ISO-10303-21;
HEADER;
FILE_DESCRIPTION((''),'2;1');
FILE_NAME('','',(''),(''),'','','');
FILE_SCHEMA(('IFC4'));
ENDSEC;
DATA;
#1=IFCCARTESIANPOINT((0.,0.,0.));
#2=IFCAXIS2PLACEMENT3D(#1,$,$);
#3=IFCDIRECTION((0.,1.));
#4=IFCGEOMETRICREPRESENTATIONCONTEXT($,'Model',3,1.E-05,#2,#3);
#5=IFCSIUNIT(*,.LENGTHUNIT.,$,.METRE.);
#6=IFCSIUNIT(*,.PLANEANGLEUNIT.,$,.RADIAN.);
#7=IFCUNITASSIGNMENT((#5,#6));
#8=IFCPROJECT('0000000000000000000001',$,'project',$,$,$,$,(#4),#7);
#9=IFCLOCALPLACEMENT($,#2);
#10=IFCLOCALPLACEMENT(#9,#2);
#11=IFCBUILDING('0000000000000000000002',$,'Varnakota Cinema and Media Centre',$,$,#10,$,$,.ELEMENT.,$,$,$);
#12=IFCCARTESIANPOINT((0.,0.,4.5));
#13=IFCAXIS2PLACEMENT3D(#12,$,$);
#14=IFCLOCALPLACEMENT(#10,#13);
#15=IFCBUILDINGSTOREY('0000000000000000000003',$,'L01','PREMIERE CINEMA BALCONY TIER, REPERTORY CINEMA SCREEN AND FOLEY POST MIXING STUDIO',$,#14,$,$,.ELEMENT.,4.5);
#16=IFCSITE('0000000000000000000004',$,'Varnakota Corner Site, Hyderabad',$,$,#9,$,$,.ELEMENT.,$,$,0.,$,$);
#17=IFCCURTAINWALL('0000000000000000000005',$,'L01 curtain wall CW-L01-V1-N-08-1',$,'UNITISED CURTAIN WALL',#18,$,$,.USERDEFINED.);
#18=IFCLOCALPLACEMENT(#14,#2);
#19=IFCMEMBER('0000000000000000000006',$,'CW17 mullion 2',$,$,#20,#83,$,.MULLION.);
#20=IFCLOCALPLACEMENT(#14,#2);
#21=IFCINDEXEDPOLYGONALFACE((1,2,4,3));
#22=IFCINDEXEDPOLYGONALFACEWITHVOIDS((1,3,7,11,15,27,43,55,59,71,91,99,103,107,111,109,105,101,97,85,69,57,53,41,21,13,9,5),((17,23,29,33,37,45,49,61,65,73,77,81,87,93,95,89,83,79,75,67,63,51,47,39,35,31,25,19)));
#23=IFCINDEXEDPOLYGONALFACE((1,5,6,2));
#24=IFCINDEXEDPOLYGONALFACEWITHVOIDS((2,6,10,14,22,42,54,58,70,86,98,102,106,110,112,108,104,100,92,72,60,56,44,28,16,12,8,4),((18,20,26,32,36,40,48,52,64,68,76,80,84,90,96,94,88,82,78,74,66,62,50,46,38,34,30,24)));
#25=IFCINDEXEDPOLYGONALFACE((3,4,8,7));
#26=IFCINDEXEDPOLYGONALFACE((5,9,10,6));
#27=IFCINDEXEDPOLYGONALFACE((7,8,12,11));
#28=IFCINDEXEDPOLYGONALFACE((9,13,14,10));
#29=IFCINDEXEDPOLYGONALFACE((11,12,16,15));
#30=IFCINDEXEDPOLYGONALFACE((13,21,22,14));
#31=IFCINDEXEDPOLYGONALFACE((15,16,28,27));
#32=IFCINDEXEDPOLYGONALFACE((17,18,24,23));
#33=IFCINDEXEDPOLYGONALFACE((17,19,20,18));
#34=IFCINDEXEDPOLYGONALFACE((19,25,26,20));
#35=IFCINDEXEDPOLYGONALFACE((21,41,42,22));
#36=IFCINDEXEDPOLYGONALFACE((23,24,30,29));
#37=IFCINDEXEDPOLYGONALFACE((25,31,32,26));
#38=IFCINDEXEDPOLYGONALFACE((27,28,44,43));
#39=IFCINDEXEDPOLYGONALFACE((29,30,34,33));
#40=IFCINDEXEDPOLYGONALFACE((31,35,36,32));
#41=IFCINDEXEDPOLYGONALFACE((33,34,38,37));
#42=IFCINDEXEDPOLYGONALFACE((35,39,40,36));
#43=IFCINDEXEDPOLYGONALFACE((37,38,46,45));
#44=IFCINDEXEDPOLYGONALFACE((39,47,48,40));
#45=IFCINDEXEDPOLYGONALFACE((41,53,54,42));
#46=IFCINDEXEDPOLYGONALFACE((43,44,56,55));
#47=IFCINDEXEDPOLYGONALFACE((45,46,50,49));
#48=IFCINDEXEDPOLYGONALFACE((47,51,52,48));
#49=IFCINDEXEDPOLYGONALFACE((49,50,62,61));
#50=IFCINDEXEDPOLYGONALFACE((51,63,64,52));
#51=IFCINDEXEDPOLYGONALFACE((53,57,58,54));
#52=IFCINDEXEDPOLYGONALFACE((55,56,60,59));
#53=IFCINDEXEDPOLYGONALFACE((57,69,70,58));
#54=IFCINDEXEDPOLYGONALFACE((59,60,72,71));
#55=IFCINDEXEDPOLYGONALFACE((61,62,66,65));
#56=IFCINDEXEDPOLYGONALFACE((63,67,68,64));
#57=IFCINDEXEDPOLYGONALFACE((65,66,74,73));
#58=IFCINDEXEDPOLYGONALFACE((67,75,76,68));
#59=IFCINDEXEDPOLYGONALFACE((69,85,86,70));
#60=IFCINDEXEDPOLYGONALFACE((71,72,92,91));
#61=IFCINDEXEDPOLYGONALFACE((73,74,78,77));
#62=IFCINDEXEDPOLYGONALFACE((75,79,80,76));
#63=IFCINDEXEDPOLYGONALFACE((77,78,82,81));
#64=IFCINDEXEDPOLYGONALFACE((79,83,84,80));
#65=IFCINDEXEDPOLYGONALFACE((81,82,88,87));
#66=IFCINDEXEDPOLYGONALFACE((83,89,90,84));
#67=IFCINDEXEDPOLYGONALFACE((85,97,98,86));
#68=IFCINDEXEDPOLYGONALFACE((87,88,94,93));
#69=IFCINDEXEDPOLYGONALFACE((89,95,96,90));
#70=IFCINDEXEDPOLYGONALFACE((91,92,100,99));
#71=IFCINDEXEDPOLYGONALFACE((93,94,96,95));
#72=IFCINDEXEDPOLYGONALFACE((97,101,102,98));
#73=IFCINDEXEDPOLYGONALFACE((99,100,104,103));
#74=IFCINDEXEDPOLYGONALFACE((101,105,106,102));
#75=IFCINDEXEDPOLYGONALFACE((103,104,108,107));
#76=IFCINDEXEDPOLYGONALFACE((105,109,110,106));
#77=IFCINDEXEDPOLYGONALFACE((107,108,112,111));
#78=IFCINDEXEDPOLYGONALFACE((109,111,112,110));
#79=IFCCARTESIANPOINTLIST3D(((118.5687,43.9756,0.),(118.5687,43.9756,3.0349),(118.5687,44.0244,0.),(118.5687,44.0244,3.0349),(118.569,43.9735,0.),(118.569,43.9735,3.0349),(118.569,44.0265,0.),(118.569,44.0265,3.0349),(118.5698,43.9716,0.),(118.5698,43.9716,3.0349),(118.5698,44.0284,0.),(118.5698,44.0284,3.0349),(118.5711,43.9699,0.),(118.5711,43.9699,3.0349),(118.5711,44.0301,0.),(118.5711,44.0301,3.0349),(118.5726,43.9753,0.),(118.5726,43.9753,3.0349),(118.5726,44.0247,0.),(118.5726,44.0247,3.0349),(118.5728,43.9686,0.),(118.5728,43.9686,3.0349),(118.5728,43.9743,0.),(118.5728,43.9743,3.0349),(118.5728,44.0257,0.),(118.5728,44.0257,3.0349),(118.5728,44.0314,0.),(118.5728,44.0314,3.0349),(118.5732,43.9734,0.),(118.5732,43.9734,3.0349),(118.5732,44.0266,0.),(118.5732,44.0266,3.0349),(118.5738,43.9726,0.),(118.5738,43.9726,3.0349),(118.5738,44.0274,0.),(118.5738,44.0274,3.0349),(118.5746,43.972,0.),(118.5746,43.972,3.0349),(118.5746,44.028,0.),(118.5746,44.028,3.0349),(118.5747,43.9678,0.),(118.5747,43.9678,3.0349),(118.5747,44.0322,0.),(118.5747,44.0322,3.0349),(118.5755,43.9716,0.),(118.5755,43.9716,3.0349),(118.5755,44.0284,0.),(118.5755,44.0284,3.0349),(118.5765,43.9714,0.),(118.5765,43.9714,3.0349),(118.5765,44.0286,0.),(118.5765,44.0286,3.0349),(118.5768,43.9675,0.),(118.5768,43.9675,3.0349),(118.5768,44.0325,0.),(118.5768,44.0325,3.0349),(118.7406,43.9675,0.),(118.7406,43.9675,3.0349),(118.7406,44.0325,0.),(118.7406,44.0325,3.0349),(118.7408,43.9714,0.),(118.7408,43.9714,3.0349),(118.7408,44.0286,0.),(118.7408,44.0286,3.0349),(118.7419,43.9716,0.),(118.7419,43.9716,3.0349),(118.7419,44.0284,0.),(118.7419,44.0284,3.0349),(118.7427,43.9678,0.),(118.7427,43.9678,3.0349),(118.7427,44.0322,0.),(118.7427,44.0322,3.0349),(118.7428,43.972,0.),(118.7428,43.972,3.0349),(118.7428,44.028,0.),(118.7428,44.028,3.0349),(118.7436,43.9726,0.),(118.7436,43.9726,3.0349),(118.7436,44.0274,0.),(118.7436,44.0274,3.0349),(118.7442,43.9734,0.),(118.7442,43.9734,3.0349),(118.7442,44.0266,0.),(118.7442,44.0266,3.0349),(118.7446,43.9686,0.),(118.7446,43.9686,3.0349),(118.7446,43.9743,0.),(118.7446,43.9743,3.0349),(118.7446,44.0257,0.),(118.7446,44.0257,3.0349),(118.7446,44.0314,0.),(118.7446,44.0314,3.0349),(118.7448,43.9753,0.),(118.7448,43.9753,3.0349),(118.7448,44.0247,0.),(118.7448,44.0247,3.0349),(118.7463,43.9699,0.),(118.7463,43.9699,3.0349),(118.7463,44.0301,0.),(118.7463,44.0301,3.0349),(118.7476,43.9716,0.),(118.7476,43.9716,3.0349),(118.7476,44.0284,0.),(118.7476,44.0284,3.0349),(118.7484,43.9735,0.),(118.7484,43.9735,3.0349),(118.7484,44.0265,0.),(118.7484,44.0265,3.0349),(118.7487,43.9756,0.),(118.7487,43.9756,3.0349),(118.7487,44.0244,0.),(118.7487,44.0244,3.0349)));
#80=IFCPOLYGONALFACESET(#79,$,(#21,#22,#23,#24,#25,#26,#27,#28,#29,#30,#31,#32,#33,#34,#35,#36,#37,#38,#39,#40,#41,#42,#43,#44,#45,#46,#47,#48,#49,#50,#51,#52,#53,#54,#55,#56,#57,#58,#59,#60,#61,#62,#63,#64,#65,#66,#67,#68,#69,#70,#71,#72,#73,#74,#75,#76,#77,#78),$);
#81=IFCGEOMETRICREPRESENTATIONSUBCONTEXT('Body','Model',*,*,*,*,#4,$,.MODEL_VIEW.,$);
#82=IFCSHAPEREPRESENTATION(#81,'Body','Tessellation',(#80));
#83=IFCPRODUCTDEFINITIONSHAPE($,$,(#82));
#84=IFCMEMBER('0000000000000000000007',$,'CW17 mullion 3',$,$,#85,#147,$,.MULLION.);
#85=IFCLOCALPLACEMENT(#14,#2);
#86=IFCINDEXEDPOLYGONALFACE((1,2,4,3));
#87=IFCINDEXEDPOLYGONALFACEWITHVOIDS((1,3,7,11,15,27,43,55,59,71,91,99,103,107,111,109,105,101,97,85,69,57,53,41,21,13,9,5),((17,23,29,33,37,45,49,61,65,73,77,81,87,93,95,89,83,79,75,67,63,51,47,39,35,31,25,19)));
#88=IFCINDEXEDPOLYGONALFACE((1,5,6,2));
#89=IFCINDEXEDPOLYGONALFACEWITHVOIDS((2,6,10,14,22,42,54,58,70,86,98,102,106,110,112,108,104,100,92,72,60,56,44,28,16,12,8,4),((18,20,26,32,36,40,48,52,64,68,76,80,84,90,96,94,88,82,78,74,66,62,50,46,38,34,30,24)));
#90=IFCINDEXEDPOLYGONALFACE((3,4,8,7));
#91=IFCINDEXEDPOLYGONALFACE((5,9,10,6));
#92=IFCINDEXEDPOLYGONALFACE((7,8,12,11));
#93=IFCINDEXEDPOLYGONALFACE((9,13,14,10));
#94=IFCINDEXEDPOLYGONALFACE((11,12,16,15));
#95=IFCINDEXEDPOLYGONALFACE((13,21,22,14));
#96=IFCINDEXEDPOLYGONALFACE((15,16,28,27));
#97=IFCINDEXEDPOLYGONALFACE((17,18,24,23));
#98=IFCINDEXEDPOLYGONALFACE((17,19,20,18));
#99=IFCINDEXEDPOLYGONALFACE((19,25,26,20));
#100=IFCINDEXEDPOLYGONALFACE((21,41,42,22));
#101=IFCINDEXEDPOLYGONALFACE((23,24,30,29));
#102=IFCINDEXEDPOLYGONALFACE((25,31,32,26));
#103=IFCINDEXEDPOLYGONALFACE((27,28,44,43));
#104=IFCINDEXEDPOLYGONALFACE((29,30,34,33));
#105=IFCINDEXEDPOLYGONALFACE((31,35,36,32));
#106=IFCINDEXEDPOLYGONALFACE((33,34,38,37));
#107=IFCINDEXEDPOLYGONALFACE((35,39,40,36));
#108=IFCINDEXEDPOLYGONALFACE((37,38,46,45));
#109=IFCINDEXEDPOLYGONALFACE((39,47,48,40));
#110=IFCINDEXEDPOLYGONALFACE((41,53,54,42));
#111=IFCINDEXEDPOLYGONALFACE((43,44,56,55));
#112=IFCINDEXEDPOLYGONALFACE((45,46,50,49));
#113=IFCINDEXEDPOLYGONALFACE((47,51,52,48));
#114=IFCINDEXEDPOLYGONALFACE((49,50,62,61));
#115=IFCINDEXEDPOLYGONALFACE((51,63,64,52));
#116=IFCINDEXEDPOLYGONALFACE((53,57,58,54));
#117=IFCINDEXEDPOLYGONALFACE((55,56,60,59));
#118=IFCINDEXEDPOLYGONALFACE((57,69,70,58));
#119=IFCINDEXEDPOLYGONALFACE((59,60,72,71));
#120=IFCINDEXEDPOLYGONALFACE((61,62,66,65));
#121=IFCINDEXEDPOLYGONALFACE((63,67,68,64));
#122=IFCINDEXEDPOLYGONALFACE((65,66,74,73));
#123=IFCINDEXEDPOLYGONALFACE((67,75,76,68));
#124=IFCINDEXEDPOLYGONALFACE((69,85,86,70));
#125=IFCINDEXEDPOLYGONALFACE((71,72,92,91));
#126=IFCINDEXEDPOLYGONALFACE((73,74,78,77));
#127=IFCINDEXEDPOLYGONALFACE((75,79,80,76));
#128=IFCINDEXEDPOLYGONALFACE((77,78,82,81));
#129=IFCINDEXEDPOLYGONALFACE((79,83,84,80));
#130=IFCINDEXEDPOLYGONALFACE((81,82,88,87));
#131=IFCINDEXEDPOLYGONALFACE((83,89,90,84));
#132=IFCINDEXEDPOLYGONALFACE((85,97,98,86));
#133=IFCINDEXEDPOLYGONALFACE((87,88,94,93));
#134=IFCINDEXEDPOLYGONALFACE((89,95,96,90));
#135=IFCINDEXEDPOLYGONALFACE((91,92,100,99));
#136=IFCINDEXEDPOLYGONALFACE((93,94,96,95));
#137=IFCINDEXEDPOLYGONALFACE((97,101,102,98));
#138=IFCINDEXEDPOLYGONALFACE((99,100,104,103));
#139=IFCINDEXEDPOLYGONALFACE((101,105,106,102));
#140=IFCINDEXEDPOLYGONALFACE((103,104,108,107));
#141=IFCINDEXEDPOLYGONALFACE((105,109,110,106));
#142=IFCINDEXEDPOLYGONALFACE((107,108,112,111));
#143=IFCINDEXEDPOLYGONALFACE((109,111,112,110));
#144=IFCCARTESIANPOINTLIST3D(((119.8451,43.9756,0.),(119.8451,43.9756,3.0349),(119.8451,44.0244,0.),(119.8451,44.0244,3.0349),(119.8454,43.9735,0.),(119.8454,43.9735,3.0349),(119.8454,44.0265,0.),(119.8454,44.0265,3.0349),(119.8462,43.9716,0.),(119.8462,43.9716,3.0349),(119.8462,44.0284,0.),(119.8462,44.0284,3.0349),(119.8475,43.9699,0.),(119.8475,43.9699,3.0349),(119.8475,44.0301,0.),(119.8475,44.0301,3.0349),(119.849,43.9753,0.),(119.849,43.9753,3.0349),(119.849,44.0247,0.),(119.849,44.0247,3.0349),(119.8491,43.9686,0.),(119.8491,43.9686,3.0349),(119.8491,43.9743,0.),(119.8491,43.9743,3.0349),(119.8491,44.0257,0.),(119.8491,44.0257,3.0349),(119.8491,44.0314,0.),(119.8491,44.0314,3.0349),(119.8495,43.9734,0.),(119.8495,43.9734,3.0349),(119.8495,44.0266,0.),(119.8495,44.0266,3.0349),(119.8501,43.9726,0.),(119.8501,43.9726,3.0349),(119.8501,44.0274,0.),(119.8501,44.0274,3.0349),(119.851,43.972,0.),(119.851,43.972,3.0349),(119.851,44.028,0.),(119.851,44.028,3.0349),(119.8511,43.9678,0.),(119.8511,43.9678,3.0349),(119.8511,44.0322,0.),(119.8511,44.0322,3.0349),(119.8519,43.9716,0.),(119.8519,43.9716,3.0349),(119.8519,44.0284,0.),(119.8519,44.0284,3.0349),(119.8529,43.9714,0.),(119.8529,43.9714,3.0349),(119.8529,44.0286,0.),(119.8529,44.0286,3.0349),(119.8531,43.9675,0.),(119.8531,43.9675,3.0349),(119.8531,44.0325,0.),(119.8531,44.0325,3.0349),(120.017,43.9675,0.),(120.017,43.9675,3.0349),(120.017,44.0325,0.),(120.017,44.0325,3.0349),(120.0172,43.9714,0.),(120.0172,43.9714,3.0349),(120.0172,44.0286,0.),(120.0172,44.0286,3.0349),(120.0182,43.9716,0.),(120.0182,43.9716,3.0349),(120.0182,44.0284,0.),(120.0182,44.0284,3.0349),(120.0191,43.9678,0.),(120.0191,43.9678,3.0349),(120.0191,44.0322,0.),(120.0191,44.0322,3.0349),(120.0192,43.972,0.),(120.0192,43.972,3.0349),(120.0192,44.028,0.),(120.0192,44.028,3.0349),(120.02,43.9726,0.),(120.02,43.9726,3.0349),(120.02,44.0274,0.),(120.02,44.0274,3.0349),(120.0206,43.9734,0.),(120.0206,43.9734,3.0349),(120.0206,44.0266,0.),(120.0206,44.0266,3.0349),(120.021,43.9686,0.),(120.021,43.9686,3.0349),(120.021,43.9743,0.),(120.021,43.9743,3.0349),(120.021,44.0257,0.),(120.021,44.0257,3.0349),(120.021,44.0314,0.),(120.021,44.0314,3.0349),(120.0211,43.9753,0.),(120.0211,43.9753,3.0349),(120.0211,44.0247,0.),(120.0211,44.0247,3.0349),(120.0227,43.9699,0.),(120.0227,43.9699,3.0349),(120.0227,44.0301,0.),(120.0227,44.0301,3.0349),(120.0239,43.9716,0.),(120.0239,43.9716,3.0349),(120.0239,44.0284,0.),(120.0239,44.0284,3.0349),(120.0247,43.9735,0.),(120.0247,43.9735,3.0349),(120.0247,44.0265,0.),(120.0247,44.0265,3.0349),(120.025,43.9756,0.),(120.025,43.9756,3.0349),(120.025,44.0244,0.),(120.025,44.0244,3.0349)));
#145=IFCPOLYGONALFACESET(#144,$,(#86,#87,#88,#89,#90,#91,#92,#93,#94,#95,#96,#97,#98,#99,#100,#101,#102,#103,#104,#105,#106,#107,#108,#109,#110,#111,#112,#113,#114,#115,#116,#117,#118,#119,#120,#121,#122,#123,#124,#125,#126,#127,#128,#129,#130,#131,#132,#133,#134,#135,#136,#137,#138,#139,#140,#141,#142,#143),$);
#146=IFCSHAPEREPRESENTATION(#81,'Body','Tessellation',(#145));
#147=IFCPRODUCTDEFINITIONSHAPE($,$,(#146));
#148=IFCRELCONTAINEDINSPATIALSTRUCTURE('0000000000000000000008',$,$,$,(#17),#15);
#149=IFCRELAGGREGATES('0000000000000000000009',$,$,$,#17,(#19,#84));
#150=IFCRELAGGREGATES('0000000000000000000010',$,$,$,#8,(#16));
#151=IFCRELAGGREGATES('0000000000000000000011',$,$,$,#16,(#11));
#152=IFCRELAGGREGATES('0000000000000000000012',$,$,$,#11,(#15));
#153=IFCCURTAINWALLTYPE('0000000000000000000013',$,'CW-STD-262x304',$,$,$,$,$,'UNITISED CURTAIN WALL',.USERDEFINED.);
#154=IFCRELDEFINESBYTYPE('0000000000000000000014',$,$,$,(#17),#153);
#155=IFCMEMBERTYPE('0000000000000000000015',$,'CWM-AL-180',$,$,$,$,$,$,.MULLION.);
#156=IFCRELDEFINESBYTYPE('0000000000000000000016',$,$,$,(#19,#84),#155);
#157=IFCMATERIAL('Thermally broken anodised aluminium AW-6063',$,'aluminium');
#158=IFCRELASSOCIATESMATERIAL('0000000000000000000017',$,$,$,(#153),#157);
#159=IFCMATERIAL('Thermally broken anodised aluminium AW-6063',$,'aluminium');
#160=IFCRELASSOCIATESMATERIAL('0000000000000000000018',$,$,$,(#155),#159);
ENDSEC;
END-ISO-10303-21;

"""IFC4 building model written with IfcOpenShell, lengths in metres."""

from ifc_helpers import new_model, si_unit, direction, frame, origin, origin_2d, place, context, subcontext, project, spatial, hollow_rectangle, extrude, material, material_profile, profile_set, type_object, element, aggregate, save


model = new_model("IFC4")

# Units and contexts
model_context = context("Model", 3, precision=1e-05, world=origin(), true_north=direction((0.0, 1.0)))
body_context = subcontext(model_context, "Body", "Model", "MODEL_VIEW")
ifc_project = project(units=[si_unit("LENGTHUNIT", "METRE"), si_unit("PLANEANGLEUNIT", "RADIAN")], contexts=[model_context])

# Site, building, storey
site_placement = place(None, origin())
site = spatial("IfcSite", under=ifc_project, at=site_placement, Name="Varnakota Corner Site, Hyderabad", CompositionType="ELEMENT", RefElevation=0.0)
building_placement = place(site_placement, origin())
building = spatial("IfcBuilding", under=site, at=building_placement, Name="Varnakota Cinema and Media Centre", CompositionType="ELEMENT")
storey_placement = place(building_placement, frame((0.0, 0.0, 4.5)))
storey = spatial("IfcBuildingStorey", under=building, at=storey_placement, Name="L01", Description="PREMIERE CINEMA BALCONY TIER, REPERTORY CINEMA SCREEN AND FOLEY POST MIXING STUDIO", CompositionType="ELEMENT", Elevation=4.5)

# Shared definitions
ifc_material_1 = material(Name="Thermally broken anodised aluminium AW-6063", Category="aluminium")
curtain_wall_type = type_object("IfcCurtainWallType", Name="CW-STD-262x304", ElementType="UNITISED CURTAIN WALL", PredefinedType="USERDEFINED", material=ifc_material_1)
ifc_material_2 = material(Name="Thermally broken anodised aluminium AW-6063", Category="aluminium")
ifc_material_profile_1 = material_profile(ifc_material_2, hollow_rectangle(XDim=0.0649, YDim=0.1799, WallThickness=0.0039, InnerFilletRadius=0.0039, OuterFilletRadius=0.0081, at=origin_2d()), Name="AL-MULLION 180x65x4")
ifc_profile_set_1 = profile_set([ifc_material_profile_1], Name="Thermally broken anodised aluminium AW-6063")
member_type_1 = type_object("IfcMemberType", Name="CWM-AL-180", PredefinedType="MULLION", material=ifc_profile_set_1)

# Curtain wall, members
curtain_wall_1_placement = place(storey_placement, origin())
curtain_wall_1 = element("IfcCurtainWall", 1, at=curtain_wall_1_placement, inside=storey, type_object=curtain_wall_type, Name="L01 curtain wall CW-L01-V1-N-08-1", ObjectType="UNITISED CURTAIN WALL", PredefinedType="USERDEFINED")
member_1_placement = place(storey_placement, frame((118.6587, 44.0, 0.0), z_axis=(0.0, 0.0, 1.0), x_axis=(0.0, 1.0, 0.0)))
member_1 = element("IfcMember", 2, at=member_1_placement, type_object=member_type_1, Name="CW17 mullion 2", PredefinedType="MULLION", context=body_context, shape_type="SweptSolid", body=[
    extrude(hollow_rectangle(XDim=0.0649, YDim=0.1799, WallThickness=0.0039, InnerFilletRadius=0.0039, OuterFilletRadius=0.0081, at=origin_2d()), origin(), (0.0, 0.0, 1.0), 3.0349),
])
member_2_placement = place(storey_placement, frame((119.9351, 44.0, 0.0), z_axis=(0.0, 0.0, 1.0), x_axis=(0.0, 1.0, 0.0)))
member_2 = element("IfcMember", 3, at=member_2_placement, type_object=member_type_1, Name="CW17 mullion 3", PredefinedType="MULLION", context=body_context, shape_type="SweptSolid", body=[
    extrude(hollow_rectangle(XDim=0.0649, YDim=0.1799, WallThickness=0.0039, InnerFilletRadius=0.0039, OuterFilletRadius=0.0081, at=origin_2d()), origin(), (0.0, 0.0, 1.0), 3.0349),
])

aggregate(curtain_wall_1, [member_1, member_2])

save(model, "model.ifc")
